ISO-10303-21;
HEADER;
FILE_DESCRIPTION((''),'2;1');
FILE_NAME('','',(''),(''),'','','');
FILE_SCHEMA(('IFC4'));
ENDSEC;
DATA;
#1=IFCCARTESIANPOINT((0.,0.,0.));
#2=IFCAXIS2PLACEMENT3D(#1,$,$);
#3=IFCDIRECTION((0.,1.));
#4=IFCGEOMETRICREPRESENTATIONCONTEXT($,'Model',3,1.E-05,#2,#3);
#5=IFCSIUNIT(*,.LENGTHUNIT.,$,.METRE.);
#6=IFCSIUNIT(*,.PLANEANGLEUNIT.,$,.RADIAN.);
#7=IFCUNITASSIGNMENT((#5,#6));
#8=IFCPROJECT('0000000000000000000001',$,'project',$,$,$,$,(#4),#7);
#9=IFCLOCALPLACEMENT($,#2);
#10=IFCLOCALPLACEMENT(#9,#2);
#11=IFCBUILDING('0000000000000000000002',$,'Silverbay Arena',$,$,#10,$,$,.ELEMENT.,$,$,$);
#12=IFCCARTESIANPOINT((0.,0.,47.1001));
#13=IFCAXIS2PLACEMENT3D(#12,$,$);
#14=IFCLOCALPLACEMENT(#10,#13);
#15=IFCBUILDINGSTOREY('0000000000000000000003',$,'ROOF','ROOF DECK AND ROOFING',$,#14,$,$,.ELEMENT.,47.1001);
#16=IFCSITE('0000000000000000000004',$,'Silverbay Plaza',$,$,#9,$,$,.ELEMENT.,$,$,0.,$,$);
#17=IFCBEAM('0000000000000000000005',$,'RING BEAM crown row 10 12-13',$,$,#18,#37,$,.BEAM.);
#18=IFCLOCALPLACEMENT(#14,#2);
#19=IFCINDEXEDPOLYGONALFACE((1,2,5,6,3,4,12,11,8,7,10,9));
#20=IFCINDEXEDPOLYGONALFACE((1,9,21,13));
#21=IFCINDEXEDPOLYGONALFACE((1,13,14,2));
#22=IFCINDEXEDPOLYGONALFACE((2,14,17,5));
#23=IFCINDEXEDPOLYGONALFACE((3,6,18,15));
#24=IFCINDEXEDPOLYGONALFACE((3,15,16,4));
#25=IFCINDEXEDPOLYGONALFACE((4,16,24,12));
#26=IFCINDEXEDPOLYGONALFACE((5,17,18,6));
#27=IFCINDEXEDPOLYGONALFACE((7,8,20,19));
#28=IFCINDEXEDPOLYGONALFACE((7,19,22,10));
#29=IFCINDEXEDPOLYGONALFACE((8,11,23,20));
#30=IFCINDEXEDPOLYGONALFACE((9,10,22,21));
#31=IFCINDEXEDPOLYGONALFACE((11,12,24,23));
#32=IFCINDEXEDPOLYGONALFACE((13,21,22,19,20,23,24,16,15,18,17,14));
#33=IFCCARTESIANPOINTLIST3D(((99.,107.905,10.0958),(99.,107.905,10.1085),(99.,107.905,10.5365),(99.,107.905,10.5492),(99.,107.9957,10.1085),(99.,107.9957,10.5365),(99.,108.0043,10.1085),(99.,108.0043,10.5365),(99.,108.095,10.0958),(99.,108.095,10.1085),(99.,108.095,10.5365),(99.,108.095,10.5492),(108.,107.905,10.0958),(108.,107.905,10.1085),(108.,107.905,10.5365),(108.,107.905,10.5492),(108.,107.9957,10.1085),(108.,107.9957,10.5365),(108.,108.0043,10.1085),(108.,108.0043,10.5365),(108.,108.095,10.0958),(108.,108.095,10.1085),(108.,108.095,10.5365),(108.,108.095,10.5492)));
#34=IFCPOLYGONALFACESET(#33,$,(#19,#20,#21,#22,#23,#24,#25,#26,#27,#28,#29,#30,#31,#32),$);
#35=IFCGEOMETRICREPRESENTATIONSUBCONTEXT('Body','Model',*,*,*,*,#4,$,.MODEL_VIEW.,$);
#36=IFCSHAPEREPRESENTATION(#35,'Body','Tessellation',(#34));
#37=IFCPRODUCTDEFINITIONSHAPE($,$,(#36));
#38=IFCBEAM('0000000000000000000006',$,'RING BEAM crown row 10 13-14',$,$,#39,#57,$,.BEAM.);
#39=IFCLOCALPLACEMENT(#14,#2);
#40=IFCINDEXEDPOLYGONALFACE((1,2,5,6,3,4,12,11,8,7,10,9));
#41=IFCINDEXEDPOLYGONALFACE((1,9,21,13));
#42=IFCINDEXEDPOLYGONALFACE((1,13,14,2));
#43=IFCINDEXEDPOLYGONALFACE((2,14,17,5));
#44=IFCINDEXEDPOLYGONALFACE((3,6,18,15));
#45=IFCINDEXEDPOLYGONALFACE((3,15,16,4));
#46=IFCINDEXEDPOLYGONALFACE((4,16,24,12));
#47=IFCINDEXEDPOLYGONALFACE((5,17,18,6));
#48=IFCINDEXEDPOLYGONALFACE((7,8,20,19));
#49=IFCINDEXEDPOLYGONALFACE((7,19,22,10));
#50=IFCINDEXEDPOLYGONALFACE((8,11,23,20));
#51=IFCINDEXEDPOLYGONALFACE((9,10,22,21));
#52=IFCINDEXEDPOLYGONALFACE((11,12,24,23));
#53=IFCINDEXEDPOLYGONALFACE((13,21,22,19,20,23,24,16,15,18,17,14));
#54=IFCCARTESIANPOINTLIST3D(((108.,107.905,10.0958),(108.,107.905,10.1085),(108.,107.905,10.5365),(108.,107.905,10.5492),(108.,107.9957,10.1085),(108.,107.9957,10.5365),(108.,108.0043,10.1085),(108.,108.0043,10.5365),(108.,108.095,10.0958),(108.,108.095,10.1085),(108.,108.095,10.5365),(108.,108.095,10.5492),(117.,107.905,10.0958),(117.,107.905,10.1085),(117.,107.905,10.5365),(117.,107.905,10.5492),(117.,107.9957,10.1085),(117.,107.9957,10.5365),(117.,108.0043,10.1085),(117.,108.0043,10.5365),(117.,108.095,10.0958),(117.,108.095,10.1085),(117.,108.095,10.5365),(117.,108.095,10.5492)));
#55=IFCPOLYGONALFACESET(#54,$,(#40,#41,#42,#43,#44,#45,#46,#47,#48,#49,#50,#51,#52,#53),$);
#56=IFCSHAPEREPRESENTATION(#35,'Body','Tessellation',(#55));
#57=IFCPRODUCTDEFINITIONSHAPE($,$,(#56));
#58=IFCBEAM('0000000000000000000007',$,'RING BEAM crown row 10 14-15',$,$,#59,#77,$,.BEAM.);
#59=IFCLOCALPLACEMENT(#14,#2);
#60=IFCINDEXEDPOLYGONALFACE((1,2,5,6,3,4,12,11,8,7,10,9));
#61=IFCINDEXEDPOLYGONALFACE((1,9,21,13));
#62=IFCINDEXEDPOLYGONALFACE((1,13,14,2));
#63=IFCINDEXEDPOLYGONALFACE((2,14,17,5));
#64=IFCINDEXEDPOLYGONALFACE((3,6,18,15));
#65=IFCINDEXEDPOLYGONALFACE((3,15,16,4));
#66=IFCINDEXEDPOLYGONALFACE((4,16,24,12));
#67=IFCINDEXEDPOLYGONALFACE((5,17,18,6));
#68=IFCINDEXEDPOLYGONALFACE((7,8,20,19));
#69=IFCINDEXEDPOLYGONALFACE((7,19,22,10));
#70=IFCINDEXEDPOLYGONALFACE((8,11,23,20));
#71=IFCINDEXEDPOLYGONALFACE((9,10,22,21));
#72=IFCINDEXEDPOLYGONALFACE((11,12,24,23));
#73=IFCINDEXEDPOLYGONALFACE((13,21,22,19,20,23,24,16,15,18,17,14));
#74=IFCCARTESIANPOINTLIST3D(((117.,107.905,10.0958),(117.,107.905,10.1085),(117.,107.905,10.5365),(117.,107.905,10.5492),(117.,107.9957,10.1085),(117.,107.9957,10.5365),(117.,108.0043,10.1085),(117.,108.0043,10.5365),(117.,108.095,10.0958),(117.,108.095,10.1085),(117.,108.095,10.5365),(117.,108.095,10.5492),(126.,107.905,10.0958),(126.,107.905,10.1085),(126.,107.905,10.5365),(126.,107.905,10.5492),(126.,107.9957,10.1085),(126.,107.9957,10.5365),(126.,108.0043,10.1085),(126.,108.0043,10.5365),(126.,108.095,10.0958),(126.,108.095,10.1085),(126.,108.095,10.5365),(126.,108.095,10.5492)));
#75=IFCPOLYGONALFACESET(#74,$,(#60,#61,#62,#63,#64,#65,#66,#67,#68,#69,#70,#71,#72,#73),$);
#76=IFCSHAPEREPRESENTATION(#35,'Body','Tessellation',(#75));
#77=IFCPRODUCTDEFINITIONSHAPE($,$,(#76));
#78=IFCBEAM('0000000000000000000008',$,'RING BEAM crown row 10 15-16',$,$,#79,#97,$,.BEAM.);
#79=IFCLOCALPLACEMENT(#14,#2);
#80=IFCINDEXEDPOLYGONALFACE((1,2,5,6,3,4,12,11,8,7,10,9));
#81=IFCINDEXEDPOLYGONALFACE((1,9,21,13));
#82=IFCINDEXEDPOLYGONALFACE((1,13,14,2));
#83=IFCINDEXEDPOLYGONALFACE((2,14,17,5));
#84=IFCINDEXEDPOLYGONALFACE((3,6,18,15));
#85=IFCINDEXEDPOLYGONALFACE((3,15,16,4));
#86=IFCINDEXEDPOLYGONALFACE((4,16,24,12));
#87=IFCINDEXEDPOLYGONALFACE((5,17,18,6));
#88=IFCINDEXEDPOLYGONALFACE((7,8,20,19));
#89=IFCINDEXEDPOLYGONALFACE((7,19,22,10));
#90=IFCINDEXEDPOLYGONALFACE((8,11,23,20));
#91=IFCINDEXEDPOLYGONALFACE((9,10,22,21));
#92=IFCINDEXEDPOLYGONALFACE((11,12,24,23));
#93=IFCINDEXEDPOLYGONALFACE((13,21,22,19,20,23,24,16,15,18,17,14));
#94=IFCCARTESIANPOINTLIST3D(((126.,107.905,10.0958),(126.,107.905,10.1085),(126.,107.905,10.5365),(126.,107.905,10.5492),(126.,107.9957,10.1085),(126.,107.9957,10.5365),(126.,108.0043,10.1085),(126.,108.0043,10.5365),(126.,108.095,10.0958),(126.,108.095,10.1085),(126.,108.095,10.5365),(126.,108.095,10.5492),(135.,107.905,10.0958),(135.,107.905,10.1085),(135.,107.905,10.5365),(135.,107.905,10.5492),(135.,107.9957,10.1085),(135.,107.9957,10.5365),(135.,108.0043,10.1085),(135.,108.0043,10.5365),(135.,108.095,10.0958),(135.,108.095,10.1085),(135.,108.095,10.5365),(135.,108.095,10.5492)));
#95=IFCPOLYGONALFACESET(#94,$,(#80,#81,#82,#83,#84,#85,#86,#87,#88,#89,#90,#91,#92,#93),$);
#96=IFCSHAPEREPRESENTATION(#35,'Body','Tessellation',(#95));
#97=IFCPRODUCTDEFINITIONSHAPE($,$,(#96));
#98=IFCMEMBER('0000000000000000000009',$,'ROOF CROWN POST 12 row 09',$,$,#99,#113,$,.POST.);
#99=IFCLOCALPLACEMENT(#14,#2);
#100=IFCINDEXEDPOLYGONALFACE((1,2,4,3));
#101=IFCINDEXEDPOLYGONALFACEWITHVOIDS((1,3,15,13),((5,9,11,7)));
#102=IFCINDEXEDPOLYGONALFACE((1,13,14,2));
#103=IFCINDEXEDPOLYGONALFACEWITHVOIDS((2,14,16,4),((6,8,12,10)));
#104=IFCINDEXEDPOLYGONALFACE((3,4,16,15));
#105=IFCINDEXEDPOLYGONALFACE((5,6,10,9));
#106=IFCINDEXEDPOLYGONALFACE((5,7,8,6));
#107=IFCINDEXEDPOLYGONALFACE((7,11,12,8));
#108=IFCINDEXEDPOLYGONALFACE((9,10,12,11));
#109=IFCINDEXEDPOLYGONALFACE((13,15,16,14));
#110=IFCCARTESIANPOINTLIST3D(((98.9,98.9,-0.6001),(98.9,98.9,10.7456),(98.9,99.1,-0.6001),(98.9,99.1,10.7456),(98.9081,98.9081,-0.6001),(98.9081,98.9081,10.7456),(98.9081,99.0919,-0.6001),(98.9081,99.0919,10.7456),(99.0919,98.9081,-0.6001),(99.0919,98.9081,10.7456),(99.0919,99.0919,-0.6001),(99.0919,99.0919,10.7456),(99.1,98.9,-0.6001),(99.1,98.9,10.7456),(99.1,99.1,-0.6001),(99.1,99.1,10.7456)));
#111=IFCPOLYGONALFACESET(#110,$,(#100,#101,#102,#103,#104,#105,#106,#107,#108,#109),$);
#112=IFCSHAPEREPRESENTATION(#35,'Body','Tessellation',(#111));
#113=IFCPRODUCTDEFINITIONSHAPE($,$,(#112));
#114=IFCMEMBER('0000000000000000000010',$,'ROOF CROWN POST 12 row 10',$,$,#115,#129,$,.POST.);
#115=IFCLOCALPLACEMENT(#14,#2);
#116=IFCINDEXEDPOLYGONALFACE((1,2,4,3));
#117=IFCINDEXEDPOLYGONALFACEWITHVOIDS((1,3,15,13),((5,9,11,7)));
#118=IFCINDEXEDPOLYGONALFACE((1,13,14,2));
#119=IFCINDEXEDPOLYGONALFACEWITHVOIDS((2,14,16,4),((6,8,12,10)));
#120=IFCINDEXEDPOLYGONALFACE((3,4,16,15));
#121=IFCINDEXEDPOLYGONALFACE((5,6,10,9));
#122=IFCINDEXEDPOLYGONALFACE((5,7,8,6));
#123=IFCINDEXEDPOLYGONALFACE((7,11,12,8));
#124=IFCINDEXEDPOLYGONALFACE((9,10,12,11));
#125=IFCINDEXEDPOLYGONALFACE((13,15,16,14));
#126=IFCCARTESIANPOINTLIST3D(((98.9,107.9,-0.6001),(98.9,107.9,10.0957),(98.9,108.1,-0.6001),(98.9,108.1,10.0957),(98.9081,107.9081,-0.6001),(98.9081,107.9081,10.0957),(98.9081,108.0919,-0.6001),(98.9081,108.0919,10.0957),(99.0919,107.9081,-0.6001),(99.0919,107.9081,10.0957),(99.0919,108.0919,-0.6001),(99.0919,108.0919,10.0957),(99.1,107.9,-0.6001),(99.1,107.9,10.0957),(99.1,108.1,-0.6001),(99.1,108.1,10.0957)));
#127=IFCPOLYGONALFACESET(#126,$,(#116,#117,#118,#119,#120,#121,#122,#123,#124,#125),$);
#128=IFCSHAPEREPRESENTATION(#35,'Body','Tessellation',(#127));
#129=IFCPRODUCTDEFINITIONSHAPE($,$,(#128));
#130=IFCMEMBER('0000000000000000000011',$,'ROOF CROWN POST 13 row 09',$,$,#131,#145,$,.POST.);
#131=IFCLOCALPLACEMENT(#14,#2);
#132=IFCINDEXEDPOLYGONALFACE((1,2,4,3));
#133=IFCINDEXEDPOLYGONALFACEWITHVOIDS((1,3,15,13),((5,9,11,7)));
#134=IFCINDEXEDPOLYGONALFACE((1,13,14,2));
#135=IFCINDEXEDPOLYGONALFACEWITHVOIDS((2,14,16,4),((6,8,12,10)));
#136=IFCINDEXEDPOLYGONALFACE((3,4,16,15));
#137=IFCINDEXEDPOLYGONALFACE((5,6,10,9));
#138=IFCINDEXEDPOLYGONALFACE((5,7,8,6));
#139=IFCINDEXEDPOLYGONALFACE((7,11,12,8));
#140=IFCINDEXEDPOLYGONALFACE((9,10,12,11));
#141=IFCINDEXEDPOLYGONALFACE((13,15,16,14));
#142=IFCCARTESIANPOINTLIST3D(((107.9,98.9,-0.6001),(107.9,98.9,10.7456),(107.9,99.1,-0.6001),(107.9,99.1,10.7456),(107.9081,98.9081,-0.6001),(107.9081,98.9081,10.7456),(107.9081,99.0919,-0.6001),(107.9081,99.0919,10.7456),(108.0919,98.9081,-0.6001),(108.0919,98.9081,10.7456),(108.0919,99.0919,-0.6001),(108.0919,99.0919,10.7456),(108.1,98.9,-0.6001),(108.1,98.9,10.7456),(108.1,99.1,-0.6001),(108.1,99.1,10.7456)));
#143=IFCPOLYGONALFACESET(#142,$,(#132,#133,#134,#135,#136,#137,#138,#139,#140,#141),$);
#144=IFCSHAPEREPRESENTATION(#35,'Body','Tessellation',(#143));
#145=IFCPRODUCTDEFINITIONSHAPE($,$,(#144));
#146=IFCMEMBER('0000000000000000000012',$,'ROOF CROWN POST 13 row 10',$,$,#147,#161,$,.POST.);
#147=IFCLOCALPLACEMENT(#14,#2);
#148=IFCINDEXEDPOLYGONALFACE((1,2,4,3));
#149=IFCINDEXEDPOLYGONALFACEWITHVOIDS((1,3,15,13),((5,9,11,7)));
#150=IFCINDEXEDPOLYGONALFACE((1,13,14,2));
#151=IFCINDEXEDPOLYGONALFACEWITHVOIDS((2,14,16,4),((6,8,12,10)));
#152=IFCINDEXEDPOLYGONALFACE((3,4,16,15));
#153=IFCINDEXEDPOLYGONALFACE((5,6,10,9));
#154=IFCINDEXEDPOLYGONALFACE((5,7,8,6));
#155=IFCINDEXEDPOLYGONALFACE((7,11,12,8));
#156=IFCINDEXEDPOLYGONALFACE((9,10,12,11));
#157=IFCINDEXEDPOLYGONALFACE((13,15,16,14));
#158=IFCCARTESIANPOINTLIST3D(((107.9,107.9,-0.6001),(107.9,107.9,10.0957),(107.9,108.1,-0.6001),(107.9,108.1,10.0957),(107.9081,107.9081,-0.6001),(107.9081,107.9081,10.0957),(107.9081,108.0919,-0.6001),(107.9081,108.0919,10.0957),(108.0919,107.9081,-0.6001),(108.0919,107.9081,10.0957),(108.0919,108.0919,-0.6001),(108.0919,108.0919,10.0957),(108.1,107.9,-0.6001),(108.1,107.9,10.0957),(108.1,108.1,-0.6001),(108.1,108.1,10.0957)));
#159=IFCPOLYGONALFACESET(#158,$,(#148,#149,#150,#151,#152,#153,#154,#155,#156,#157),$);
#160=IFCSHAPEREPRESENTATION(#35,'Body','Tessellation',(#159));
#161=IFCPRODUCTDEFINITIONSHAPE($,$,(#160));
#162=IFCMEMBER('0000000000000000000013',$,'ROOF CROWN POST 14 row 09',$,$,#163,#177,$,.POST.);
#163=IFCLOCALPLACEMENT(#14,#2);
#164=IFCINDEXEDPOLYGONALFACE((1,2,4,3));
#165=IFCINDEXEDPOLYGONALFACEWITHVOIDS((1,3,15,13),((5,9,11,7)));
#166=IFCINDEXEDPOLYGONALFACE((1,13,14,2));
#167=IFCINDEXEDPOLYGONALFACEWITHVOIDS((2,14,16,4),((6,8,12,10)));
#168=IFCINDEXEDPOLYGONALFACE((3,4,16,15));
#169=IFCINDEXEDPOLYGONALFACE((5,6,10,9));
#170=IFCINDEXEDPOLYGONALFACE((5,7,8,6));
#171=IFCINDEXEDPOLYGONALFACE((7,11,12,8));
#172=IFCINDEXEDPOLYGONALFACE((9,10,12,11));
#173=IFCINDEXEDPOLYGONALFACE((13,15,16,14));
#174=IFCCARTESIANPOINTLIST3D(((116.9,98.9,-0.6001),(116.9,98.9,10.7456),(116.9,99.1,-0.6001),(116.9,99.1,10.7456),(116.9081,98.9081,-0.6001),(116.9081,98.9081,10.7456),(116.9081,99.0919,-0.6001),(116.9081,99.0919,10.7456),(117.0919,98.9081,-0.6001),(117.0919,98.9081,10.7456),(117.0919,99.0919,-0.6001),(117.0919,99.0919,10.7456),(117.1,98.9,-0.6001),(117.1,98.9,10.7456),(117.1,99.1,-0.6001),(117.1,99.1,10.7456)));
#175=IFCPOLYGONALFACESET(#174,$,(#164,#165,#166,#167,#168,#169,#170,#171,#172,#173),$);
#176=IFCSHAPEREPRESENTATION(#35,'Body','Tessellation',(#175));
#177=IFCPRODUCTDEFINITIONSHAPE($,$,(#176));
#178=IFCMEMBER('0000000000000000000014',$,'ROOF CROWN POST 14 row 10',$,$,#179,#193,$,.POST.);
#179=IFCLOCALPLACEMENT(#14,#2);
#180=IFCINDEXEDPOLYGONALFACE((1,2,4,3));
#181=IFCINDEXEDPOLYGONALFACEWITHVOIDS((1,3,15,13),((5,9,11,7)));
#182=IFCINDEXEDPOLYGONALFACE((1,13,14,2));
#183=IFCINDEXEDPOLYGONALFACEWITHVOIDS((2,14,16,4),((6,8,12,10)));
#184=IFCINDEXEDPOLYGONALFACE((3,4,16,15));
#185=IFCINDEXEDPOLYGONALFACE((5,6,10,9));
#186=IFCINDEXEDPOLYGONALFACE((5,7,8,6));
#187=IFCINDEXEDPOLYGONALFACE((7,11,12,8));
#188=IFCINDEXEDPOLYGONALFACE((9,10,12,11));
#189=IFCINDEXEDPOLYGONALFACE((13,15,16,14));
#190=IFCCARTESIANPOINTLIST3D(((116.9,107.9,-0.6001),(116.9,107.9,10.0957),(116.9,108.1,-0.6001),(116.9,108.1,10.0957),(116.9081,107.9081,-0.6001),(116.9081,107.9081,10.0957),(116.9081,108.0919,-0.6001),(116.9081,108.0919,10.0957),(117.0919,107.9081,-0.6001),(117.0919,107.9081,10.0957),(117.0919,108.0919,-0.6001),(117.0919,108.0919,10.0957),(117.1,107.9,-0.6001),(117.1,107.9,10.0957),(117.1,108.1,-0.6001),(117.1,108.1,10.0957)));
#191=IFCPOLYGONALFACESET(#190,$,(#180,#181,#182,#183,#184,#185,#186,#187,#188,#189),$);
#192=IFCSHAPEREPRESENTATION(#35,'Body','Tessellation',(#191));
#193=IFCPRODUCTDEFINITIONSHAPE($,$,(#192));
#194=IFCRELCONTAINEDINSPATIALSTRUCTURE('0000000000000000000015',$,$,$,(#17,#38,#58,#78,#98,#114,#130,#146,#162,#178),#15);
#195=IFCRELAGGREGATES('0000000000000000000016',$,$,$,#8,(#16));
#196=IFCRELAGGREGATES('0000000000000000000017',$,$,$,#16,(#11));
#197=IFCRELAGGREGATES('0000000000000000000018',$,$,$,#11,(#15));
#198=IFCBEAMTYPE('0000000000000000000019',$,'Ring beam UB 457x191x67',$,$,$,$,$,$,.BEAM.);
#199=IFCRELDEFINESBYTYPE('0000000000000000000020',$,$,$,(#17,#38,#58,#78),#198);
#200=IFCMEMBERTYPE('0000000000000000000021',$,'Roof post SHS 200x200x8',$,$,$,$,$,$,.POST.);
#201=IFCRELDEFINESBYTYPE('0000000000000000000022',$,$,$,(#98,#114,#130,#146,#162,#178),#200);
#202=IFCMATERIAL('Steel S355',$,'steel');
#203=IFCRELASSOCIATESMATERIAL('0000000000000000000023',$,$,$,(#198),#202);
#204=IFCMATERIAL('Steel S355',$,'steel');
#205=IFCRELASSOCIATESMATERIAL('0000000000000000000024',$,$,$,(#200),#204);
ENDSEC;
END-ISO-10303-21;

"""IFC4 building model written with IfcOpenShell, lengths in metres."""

from ifc_helpers import new_model, si_unit, direction, frame, origin, origin_2d, place, context, subcontext, project, spatial, hollow_rectangle, i_section, extrude, material, material_profile, profile_set, type_object, element, save


model = new_model("IFC4")

# Units and contexts
model_context = context("Model", 3, precision=1e-05, world=origin(), true_north=direction((0.0, 1.0)))
body_context = subcontext(model_context, "Body", "Model", "MODEL_VIEW")
ifc_project = project(units=[si_unit("LENGTHUNIT", "METRE"), si_unit("PLANEANGLEUNIT", "RADIAN")], contexts=[model_context])

# Site, building, storey
site_placement = place(None, origin())
site = spatial("IfcSite", under=ifc_project, at=site_placement, Name="Silverbay Plaza", CompositionType="ELEMENT", RefElevation=0.0)
building_placement = place(site_placement, origin())
building = spatial("IfcBuilding", under=site, at=building_placement, Name="Silverbay Arena", CompositionType="ELEMENT")
storey_placement = place(building_placement, frame((0.0, 0.0, 47.1001)))
storey = spatial("IfcBuildingStorey", under=building, at=storey_placement, Name="ROOF", Description="ROOF DECK AND ROOFING", CompositionType="ELEMENT", Elevation=47.1001)

# Beams
ifc_material_1 = material(Name="Steel S355", Category="steel")
ifc_material_profile_1 = material_profile(ifc_material_1, i_section(OverallWidth=0.1899, OverallDepth=0.4534, WebThickness=0.0085, FlangeThickness=0.0127, at=origin_2d()), Name="UB 457x191x67")
ifc_profile_set_1 = profile_set([ifc_material_profile_1], Name="Steel S355")
beam_type = type_object("IfcBeamType", Name="Ring beam UB 457x191x67", PredefinedType="BEAM", material=ifc_profile_set_1)
for number, where, z_axis, x_axis, name in (
    (1, (99.0, 108.0, 10.3225), (1.0, 0.0, 0.0), (0.0, 1.0, 0.0), "RING BEAM crown row 10 12-13"),
    (2, (108.0, 108.0, 10.3225), (1.0, 0.0, 0.0), (0.0, 1.0, 0.0), "RING BEAM crown row 10 13-14"),
    (3, (117.0, 108.0, 10.3225), (1.0, 0.0, 0.0), (0.0, 1.0, 0.0), "RING BEAM crown row 10 14-15"),
    (4, (126.0, 108.0, 10.3225), (1.0, 0.0, 0.0), (0.0, 1.0, 0.0), "RING BEAM crown row 10 15-16"),
):
    element("IfcBeam", number, at=place(storey_placement, frame(where, z_axis=z_axis, x_axis=x_axis)), inside=storey, type_object=beam_type, Name=name, PredefinedType="BEAM", context=body_context, shape_type="SweptSolid", body=[
        extrude(i_section(OverallWidth=0.1899, OverallDepth=0.4534, WebThickness=0.0085, FlangeThickness=0.0127, at=origin_2d()), origin(), (0.0, 0.0, 1.0), 9.0),
    ])

# Members
ifc_material_2 = material(Name="Steel S355", Category="steel")
ifc_material_profile_2 = material_profile(ifc_material_2, hollow_rectangle(XDim=0.2, YDim=0.2, WallThickness=0.0081, at=origin_2d()), Name="SHS 200x200x8")
ifc_profile_set_2 = profile_set([ifc_material_profile_2], Name="Steel S355")
member_type_1 = type_object("IfcMemberType", Name="Roof post SHS 200x200x8", PredefinedType="POST", material=ifc_profile_set_2)
member_1_placement = place(storey_placement, frame((99.0, 99.0, -0.6001), z_axis=(0.0, 0.0, 1.0), x_axis=(1.0, 0.0, 0.0)))
element("IfcMember", 5, at=member_1_placement, inside=storey, type_object=member_type_1, Name="ROOF CROWN POST 12 row 09", PredefinedType="POST", context=body_context, shape_type="SweptSolid", body=[
    extrude(hollow_rectangle(XDim=0.2, YDim=0.2, WallThickness=0.0081, at=origin_2d()), origin(), (0.0, 0.0, 1.0), 11.3457),
])
member_2_placement = place(storey_placement, frame((99.0, 108.0, -0.6001), z_axis=(0.0, 0.0, 1.0), x_axis=(1.0, 0.0, 0.0)))
element("IfcMember", 6, at=member_2_placement, inside=storey, type_object=member_type_1, Name="ROOF CROWN POST 12 row 10", PredefinedType="POST", context=body_context, shape_type="SweptSolid", body=[
    extrude(hollow_rectangle(XDim=0.2, YDim=0.2, WallThickness=0.0081, at=origin_2d()), origin(), (0.0, 0.0, 1.0), 10.6958),
])
member_3_placement = place(storey_placement, frame((108.0, 99.0, -0.6001), z_axis=(0.0, 0.0, 1.0), x_axis=(1.0, 0.0, 0.0)))
element("IfcMember", 7, at=member_3_placement, inside=storey, type_object=member_type_1, Name="ROOF CROWN POST 13 row 09", PredefinedType="POST", context=body_context, shape_type="SweptSolid", body=[
    extrude(hollow_rectangle(XDim=0.2, YDim=0.2, WallThickness=0.0081, at=origin_2d()), origin(), (0.0, 0.0, 1.0), 11.3457),
])
member_4_placement = place(storey_placement, frame((108.0, 108.0, -0.6001), z_axis=(0.0, 0.0, 1.0), x_axis=(1.0, 0.0, 0.0)))
element("IfcMember", 8, at=member_4_placement, inside=storey, type_object=member_type_1, Name="ROOF CROWN POST 13 row 10", PredefinedType="POST", context=body_context, shape_type="SweptSolid", body=[
    extrude(hollow_rectangle(XDim=0.2, YDim=0.2, WallThickness=0.0081, at=origin_2d()), origin(), (0.0, 0.0, 1.0), 10.6958),
])
member_5_placement = place(storey_placement, frame((117.0, 99.0, -0.6001), z_axis=(0.0, 0.0, 1.0), x_axis=(1.0, 0.0, 0.0)))
element("IfcMember", 9, at=member_5_placement, inside=storey, type_object=member_type_1, Name="ROOF CROWN POST 14 row 09", PredefinedType="POST", context=body_context, shape_type="SweptSolid", body=[
    extrude(hollow_rectangle(XDim=0.2, YDim=0.2, WallThickness=0.0081, at=origin_2d()), origin(), (0.0, 0.0, 1.0), 11.3457),
])
member_6_placement = place(storey_placement, frame((117.0, 108.0, -0.6001), z_axis=(0.0, 0.0, 1.0), x_axis=(1.0, 0.0, 0.0)))
element("IfcMember", 10, at=member_6_placement, inside=storey, type_object=member_type_1, Name="ROOF CROWN POST 14 row 10", PredefinedType="POST", context=body_context, shape_type="SweptSolid", body=[
    extrude(hollow_rectangle(XDim=0.2, YDim=0.2, WallThickness=0.0081, at=origin_2d()), origin(), (0.0, 0.0, 1.0), 10.6958),
])

save(model, "model.ifc")
